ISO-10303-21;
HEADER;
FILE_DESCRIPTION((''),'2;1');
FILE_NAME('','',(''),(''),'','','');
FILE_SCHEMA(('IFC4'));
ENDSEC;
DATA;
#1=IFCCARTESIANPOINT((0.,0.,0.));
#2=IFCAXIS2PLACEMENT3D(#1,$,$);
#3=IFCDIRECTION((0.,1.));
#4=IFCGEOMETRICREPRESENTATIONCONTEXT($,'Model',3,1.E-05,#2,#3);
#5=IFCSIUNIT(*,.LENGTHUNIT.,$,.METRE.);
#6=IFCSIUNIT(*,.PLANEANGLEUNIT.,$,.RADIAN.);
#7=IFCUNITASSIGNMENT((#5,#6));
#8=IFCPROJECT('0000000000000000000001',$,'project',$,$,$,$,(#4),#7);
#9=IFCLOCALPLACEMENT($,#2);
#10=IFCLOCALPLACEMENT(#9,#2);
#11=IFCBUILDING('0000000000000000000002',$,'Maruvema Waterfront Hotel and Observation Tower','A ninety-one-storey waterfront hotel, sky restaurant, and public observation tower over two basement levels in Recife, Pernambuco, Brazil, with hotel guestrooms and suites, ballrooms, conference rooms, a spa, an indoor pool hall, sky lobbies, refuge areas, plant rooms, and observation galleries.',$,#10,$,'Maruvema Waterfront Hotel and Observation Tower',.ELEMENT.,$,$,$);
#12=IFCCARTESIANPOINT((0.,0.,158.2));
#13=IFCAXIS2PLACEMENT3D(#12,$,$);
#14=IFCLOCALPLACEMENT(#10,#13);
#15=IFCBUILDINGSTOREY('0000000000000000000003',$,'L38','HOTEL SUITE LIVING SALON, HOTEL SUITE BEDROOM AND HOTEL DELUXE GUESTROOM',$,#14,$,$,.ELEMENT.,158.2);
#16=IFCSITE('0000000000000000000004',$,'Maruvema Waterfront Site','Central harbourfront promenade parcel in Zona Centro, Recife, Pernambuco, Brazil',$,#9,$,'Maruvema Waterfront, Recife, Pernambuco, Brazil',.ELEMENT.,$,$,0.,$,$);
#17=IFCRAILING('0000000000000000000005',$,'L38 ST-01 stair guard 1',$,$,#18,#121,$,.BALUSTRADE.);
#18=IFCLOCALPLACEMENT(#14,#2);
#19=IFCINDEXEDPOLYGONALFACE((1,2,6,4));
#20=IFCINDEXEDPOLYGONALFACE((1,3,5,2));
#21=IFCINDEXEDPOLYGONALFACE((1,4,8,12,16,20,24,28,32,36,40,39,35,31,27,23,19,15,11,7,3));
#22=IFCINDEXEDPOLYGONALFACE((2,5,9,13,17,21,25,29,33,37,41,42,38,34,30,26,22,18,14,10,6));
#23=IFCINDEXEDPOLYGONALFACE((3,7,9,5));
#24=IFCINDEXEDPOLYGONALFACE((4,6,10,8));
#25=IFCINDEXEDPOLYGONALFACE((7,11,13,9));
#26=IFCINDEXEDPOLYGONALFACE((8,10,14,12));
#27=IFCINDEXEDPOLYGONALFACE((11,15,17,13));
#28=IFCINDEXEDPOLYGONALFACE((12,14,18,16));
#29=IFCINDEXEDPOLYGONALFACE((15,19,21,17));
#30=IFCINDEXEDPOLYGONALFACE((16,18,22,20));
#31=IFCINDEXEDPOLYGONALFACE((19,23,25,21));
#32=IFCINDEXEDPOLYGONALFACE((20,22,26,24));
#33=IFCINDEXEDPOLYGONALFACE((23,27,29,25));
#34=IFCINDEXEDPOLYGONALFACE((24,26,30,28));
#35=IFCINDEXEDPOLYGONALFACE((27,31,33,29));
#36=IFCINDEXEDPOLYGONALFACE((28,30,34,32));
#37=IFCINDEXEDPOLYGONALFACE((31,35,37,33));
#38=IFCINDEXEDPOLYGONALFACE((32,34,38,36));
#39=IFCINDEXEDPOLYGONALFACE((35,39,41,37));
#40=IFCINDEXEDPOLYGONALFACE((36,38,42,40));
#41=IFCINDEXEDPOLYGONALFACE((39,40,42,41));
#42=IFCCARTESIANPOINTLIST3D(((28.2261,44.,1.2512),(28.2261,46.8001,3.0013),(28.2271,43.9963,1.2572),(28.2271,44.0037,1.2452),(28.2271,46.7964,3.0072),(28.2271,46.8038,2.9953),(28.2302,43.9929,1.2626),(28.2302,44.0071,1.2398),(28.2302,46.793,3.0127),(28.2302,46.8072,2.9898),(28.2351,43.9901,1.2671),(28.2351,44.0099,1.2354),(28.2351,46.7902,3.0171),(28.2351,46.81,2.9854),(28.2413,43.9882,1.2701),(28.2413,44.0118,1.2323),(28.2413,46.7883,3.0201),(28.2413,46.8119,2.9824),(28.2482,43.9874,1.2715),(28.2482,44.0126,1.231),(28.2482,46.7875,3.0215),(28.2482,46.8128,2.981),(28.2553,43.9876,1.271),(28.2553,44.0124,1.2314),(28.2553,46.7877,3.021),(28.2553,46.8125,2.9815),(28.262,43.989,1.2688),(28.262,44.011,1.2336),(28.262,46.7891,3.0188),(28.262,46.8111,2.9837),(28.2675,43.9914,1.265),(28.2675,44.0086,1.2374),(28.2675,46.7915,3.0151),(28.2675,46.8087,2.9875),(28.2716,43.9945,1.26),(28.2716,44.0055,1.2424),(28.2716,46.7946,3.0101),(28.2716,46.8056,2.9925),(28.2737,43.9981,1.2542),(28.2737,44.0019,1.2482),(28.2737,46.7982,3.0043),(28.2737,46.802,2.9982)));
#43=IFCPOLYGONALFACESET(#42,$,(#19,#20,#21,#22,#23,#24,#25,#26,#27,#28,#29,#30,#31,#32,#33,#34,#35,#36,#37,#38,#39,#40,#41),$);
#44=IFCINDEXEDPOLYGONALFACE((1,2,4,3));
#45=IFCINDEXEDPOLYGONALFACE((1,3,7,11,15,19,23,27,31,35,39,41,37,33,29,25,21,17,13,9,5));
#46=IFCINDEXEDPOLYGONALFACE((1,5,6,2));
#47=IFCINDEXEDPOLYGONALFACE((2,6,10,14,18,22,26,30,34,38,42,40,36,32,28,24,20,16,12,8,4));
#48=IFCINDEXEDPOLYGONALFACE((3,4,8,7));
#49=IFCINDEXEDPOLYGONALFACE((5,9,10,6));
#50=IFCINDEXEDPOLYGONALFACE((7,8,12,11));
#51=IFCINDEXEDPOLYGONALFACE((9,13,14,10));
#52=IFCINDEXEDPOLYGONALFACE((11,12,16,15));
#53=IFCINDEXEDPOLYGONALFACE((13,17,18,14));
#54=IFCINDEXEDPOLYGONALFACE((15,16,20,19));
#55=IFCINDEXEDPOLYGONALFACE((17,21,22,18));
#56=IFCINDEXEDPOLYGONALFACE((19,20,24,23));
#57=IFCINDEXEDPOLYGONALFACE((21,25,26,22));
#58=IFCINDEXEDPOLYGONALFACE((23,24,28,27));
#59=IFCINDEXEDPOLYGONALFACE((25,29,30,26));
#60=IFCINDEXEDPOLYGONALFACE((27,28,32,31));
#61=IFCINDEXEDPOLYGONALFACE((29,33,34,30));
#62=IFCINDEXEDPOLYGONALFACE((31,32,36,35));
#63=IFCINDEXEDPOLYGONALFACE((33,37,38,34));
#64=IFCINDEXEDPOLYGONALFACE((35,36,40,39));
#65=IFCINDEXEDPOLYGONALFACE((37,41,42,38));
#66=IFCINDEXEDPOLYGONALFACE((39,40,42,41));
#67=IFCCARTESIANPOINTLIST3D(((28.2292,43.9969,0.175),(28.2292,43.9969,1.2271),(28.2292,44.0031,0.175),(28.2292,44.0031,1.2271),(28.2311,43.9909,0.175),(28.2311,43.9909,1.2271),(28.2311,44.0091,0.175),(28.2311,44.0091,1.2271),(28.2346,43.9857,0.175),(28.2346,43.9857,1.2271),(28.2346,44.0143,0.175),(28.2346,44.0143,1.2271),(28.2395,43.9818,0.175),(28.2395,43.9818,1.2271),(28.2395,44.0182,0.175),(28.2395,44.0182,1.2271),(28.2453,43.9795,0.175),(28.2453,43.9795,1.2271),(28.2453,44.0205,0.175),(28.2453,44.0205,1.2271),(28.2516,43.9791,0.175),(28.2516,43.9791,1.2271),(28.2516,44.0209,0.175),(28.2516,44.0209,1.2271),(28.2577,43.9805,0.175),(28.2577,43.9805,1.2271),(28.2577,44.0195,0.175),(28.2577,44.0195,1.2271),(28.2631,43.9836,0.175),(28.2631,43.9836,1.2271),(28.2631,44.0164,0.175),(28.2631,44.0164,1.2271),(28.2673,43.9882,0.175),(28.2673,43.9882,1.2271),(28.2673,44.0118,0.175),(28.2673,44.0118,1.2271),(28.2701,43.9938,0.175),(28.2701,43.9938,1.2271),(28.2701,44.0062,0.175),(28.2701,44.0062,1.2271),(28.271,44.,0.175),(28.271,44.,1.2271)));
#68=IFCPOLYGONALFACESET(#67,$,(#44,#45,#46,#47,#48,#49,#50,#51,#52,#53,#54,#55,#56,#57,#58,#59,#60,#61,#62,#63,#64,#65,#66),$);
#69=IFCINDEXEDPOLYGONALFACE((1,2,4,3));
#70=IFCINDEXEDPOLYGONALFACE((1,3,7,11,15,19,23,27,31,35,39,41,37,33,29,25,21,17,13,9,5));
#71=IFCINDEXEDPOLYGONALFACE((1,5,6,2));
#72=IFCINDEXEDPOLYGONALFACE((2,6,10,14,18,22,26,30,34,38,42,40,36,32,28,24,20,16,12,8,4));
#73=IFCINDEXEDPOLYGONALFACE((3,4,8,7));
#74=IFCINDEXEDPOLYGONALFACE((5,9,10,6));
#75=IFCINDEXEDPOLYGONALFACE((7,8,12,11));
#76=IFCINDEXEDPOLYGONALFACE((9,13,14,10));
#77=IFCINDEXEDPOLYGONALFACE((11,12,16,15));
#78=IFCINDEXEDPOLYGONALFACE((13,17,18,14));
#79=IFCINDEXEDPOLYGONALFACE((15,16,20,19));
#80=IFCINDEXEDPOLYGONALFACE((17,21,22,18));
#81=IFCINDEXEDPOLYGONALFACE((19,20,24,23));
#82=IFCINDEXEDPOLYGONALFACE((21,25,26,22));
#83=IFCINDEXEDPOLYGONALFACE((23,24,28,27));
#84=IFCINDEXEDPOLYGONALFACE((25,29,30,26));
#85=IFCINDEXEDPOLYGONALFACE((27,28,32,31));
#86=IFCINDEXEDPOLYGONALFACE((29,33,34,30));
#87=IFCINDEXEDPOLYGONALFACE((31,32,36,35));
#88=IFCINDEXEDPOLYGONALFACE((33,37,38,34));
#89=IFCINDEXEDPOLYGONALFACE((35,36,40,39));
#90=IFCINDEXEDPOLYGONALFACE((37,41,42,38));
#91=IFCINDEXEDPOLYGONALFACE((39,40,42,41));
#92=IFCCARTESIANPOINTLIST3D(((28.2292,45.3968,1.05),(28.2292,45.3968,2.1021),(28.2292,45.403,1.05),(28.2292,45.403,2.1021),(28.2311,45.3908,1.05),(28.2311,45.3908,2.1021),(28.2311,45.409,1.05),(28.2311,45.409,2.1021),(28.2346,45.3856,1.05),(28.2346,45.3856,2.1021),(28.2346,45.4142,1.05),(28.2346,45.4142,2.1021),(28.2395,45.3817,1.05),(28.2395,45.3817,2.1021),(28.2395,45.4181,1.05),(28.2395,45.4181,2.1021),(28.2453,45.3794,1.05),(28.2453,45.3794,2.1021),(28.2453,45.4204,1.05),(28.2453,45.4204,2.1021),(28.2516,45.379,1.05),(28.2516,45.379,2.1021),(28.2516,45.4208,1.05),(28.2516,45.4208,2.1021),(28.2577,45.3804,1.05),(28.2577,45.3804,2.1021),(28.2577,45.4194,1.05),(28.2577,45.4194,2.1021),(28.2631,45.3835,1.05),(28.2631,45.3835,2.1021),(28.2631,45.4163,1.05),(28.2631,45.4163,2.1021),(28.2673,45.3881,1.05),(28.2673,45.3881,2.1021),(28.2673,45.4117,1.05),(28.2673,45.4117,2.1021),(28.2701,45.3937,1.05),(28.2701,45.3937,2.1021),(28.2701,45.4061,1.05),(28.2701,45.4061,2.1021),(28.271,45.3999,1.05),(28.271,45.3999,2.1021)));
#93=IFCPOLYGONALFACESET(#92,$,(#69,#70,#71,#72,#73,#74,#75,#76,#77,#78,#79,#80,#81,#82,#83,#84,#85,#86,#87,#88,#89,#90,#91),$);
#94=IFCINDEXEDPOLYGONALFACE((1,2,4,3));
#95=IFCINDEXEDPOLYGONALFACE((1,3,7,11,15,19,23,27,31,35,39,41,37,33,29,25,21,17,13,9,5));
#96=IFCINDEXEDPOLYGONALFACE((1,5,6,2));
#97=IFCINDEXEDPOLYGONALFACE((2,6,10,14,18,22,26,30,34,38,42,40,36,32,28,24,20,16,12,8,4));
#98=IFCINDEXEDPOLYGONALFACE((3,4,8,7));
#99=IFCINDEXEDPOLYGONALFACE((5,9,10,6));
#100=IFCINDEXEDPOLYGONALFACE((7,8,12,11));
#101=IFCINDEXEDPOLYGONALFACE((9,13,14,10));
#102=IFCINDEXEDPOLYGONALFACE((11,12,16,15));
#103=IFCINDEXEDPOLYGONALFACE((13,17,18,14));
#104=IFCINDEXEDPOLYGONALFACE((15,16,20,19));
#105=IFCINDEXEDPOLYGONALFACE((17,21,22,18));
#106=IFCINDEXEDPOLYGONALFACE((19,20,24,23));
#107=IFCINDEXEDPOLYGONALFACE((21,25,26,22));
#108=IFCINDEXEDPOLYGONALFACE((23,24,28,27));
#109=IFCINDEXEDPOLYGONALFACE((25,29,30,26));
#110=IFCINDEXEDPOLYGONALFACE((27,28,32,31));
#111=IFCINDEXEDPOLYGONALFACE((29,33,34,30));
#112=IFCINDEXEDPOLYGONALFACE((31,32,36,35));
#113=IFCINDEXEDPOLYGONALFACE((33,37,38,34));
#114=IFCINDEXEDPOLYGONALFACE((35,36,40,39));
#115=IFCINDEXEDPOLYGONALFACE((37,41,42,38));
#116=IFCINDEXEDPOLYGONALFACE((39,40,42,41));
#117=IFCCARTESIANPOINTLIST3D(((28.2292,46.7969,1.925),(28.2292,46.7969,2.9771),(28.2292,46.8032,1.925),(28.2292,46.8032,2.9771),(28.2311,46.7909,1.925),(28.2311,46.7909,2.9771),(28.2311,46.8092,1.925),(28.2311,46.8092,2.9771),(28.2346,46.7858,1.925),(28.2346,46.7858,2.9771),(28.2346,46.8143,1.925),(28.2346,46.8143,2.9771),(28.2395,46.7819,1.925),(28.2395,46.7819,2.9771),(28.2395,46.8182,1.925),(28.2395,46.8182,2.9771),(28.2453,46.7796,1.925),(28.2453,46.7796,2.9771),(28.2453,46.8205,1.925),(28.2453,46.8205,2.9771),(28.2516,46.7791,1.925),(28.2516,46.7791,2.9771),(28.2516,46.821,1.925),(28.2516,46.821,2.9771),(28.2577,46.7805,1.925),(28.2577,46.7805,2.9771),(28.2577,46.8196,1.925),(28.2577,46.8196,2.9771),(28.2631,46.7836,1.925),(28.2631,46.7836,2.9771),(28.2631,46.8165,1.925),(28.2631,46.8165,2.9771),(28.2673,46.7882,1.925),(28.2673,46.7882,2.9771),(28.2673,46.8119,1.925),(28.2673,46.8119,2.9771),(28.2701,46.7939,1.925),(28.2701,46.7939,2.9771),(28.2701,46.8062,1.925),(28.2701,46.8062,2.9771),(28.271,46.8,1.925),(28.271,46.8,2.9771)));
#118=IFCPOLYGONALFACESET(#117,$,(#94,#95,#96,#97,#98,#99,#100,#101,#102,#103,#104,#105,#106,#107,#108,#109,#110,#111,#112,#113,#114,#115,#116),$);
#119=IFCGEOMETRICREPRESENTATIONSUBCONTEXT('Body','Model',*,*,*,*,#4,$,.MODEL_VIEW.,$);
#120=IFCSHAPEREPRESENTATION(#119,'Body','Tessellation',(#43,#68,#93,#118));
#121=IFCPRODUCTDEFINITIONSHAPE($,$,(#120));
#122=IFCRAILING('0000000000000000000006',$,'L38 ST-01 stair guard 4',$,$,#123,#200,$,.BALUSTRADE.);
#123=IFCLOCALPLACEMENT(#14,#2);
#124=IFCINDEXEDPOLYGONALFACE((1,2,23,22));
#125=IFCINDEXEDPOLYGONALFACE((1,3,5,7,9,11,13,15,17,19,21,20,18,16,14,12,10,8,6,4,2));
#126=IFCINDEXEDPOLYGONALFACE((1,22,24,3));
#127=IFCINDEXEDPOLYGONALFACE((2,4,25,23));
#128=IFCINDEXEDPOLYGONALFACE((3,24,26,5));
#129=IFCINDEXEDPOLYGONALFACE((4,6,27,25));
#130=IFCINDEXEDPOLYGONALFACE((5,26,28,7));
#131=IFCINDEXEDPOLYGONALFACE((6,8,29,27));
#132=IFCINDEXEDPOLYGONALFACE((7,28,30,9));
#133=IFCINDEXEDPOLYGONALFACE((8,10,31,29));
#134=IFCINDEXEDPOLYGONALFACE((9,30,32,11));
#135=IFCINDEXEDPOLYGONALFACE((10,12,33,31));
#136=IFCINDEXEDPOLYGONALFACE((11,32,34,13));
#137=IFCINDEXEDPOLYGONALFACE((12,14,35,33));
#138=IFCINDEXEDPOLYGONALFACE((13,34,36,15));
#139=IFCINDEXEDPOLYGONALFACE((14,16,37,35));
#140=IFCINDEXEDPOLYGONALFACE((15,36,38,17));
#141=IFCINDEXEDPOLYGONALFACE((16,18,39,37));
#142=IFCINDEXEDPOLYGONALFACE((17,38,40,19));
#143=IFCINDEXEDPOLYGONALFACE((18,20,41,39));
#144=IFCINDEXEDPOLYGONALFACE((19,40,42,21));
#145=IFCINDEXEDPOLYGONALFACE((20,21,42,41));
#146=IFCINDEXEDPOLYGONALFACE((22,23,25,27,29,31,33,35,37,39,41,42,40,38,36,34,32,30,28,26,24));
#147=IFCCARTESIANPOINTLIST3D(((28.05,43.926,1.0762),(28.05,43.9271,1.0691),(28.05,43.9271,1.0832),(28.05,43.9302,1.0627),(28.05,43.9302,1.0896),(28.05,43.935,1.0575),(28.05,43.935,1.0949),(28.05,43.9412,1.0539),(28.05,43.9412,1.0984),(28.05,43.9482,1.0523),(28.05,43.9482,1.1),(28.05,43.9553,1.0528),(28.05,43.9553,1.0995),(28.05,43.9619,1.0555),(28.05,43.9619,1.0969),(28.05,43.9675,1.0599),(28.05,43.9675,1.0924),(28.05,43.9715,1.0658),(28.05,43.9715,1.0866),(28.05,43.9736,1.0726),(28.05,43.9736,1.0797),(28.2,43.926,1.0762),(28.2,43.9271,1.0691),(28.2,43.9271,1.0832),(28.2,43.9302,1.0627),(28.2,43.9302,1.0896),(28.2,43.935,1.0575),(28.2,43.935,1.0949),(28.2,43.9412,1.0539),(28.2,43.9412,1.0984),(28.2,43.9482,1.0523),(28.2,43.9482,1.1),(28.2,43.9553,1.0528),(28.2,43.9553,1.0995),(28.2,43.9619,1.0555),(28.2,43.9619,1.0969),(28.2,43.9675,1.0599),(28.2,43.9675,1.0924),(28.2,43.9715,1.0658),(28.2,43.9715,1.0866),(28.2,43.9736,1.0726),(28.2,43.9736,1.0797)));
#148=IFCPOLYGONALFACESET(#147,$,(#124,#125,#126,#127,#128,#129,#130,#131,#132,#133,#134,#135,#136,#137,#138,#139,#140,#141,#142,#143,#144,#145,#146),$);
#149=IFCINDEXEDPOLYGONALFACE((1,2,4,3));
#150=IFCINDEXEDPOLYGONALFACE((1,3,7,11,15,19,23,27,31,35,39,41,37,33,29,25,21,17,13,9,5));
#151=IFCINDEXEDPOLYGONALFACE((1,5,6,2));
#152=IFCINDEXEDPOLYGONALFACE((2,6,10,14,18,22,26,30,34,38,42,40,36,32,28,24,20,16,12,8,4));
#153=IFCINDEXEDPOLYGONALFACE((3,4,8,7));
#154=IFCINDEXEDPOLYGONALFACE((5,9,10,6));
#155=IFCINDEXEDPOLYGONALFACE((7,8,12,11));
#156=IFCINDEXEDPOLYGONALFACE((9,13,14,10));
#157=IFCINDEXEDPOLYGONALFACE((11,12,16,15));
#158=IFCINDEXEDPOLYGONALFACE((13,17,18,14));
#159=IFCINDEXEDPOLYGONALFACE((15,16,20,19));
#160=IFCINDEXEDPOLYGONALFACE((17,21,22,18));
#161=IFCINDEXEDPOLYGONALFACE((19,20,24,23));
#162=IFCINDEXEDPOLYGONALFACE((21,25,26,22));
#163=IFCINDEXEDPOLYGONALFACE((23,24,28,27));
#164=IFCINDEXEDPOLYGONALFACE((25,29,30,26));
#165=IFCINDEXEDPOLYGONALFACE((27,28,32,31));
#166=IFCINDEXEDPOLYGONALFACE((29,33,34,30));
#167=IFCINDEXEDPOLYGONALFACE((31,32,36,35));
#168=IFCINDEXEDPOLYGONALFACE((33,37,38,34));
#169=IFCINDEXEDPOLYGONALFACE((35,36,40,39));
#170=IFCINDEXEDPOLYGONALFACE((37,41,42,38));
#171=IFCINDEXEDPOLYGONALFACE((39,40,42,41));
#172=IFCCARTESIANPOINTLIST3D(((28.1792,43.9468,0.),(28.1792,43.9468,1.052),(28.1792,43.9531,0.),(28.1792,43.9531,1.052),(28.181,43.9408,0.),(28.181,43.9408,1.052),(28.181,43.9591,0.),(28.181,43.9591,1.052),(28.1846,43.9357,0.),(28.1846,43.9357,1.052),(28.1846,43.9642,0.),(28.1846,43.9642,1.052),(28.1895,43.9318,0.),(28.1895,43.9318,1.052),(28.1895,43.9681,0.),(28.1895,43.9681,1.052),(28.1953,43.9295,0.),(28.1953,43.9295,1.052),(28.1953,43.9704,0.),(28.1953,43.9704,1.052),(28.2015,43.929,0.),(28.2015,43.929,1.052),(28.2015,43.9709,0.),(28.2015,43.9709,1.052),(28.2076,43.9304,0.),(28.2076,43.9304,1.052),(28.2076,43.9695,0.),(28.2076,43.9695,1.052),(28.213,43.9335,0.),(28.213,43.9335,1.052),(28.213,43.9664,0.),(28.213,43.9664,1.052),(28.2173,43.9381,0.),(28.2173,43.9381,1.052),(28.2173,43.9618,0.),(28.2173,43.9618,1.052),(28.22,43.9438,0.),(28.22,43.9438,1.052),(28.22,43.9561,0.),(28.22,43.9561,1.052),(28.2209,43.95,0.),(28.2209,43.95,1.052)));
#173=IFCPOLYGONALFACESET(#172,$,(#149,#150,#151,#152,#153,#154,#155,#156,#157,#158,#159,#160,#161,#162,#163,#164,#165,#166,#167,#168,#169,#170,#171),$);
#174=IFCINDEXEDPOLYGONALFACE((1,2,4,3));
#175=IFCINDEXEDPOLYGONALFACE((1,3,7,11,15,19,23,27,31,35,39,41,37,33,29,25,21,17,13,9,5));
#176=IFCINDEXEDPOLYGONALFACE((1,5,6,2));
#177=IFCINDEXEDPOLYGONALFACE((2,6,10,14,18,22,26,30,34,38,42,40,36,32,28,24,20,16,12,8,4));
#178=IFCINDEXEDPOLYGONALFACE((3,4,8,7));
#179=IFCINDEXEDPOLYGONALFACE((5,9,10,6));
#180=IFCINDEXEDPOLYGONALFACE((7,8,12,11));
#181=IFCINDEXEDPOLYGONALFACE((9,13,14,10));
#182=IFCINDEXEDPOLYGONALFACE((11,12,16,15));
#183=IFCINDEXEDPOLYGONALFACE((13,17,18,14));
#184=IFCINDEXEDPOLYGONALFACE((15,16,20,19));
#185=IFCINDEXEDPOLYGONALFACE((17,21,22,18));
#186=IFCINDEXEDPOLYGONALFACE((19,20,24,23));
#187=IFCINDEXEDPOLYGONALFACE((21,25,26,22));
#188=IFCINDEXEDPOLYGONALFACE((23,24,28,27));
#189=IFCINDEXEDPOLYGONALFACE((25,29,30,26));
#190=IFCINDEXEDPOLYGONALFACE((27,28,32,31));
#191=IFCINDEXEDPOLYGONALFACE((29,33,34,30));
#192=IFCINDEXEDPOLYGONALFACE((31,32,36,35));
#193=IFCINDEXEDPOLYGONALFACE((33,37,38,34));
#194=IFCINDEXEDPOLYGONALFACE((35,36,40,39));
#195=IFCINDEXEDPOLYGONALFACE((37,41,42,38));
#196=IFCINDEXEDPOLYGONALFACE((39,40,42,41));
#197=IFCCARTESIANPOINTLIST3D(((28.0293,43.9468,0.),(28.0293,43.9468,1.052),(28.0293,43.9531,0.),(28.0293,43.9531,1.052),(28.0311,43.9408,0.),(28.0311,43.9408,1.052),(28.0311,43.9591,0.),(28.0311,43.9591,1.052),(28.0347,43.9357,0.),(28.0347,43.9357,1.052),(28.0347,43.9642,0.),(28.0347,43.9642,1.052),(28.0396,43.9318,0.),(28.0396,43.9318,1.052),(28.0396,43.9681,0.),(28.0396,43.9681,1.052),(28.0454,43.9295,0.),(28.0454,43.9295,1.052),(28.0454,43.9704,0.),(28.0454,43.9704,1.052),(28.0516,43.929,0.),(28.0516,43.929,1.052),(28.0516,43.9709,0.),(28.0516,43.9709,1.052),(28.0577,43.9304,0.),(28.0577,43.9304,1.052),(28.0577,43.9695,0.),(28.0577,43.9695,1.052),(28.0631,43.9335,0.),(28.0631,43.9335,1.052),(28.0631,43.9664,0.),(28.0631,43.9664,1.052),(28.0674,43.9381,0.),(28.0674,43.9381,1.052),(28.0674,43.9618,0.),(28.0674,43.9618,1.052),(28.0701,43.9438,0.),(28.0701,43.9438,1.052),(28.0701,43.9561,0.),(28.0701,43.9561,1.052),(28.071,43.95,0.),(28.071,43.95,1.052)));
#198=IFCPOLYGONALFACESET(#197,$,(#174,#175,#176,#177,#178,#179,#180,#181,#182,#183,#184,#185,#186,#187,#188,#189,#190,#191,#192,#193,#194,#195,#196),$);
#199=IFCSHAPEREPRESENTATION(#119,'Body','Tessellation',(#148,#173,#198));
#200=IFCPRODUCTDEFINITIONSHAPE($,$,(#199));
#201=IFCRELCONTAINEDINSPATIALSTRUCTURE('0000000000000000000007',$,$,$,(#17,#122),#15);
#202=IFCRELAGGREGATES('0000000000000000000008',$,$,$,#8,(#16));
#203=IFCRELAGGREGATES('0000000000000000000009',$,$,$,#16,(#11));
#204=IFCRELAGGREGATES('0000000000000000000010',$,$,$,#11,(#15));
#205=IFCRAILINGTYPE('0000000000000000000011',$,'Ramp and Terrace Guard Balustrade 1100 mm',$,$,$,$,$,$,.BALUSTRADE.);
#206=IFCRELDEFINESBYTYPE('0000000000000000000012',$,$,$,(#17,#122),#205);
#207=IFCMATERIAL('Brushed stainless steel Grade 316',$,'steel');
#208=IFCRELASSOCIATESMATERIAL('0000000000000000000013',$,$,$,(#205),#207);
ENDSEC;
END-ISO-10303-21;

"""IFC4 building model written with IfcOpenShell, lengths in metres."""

from ifc_helpers import new_model, si_unit, direction, frame, origin, origin_2d, place, context, subcontext, project, spatial, circle, extrude, material, type_object, element, save


model = new_model("IFC4")

# Units and contexts
model_context = context("Model", 3, precision=1e-05, world=origin(), true_north=direction((0.0, 1.0)))
body_context = subcontext(model_context, "Body", "Model", "MODEL_VIEW")
ifc_project = project(units=[si_unit("LENGTHUNIT", "METRE"), si_unit("PLANEANGLEUNIT", "RADIAN")], contexts=[model_context])

# Site, building, storey
site_placement = place(None, origin())
site = spatial("IfcSite", under=ifc_project, at=site_placement, Name="Maruvema Waterfront Site", Description="Central harbourfront promenade parcel in Zona Centro, Recife, Pernambuco, Brazil", LongName="Maruvema Waterfront, Recife, Pernambuco, Brazil", CompositionType="ELEMENT", RefElevation=0.0)
building_placement = place(site_placement, origin())
building = spatial("IfcBuilding", under=site, at=building_placement, Name="Maruvema Waterfront Hotel and Observation Tower", Description="A ninety-one-storey waterfront hotel, sky restaurant, and public observation tower over two basement levels in Recife, Pernambuco, Brazil, with hotel guestrooms and suites, ballrooms, conference rooms, a spa, an indoor pool hall, sky lobbies, refuge areas, plant rooms, and observation galleries.", LongName="Maruvema Waterfront Hotel and Observation Tower", CompositionType="ELEMENT")
storey_placement = place(building_placement, frame((0.0, 0.0, 158.2)))
storey = spatial("IfcBuildingStorey", under=building, at=storey_placement, Name="L38", Description="HOTEL SUITE LIVING SALON, HOTEL SUITE BEDROOM AND HOTEL DELUXE GUESTROOM", CompositionType="ELEMENT", Elevation=158.2)

# Railings
ifc_material_1 = material(Name="Brushed stainless steel Grade 316", Category="steel")
railing_type_1 = type_object("IfcRailingType", Name="Ramp and Terrace Guard Balustrade 1100 mm", PredefinedType="BALUSTRADE", material=ifc_material_1)
railing_1_placement = place(storey_placement, frame((28.25, 44.0, 0.175)))
element("IfcRailing", 1, at=railing_1_placement, inside=storey, type_object=railing_type_1, Name="L38 ST-01 stair guard 1", PredefinedType="BALUSTRADE", context=body_context, shape_type="SweptSolid", body=[
    extrude(circle(Radius=0.0239, at=origin_2d()), frame((0.0, 0.0, 1.0762), z_axis=(0.0, 0.848002, 0.529992), x_axis=(-1.0, 0.0, 0.0)), (0.0, 0.0, 1.0), 3.302),
    extrude(circle(Radius=0.021, at=origin_2d()), origin(), (0.0, 0.0, 1.0), 1.052),
    extrude(circle(Radius=0.021, at=origin_2d()), frame((0.0, 1.3999, 0.875)), (0.0, 0.0, 1.0), 1.052),
    extrude(circle(Radius=0.021, at=origin_2d()), frame((0.0, 2.8, 1.75)), (0.0, 0.0, 1.0), 1.052),
])
railing_2_placement = place(storey_placement, frame((28.2, 43.95, 0.0)))
element("IfcRailing", 2, at=railing_2_placement, inside=storey, type_object=railing_type_1, Name="L38 ST-01 stair guard 4", PredefinedType="BALUSTRADE", context=body_context, shape_type="SweptSolid", body=[
    extrude(circle(Radius=0.0239, at=origin_2d()), frame((0.0, 0.0, 1.0762), z_axis=(-1.0, 0.0, 0.0), x_axis=(0.0, -1.0, 0.0)), (0.0, 0.0, 1.0), 0.1499),
    extrude(circle(Radius=0.021, at=origin_2d()), origin(), (0.0, 0.0, 1.0), 1.052),
    extrude(circle(Radius=0.021, at=origin_2d()), frame((-0.1499, 0.0, 0.0)), (0.0, 0.0, 1.0), 1.052),
])

save(model, "model.ifc")
